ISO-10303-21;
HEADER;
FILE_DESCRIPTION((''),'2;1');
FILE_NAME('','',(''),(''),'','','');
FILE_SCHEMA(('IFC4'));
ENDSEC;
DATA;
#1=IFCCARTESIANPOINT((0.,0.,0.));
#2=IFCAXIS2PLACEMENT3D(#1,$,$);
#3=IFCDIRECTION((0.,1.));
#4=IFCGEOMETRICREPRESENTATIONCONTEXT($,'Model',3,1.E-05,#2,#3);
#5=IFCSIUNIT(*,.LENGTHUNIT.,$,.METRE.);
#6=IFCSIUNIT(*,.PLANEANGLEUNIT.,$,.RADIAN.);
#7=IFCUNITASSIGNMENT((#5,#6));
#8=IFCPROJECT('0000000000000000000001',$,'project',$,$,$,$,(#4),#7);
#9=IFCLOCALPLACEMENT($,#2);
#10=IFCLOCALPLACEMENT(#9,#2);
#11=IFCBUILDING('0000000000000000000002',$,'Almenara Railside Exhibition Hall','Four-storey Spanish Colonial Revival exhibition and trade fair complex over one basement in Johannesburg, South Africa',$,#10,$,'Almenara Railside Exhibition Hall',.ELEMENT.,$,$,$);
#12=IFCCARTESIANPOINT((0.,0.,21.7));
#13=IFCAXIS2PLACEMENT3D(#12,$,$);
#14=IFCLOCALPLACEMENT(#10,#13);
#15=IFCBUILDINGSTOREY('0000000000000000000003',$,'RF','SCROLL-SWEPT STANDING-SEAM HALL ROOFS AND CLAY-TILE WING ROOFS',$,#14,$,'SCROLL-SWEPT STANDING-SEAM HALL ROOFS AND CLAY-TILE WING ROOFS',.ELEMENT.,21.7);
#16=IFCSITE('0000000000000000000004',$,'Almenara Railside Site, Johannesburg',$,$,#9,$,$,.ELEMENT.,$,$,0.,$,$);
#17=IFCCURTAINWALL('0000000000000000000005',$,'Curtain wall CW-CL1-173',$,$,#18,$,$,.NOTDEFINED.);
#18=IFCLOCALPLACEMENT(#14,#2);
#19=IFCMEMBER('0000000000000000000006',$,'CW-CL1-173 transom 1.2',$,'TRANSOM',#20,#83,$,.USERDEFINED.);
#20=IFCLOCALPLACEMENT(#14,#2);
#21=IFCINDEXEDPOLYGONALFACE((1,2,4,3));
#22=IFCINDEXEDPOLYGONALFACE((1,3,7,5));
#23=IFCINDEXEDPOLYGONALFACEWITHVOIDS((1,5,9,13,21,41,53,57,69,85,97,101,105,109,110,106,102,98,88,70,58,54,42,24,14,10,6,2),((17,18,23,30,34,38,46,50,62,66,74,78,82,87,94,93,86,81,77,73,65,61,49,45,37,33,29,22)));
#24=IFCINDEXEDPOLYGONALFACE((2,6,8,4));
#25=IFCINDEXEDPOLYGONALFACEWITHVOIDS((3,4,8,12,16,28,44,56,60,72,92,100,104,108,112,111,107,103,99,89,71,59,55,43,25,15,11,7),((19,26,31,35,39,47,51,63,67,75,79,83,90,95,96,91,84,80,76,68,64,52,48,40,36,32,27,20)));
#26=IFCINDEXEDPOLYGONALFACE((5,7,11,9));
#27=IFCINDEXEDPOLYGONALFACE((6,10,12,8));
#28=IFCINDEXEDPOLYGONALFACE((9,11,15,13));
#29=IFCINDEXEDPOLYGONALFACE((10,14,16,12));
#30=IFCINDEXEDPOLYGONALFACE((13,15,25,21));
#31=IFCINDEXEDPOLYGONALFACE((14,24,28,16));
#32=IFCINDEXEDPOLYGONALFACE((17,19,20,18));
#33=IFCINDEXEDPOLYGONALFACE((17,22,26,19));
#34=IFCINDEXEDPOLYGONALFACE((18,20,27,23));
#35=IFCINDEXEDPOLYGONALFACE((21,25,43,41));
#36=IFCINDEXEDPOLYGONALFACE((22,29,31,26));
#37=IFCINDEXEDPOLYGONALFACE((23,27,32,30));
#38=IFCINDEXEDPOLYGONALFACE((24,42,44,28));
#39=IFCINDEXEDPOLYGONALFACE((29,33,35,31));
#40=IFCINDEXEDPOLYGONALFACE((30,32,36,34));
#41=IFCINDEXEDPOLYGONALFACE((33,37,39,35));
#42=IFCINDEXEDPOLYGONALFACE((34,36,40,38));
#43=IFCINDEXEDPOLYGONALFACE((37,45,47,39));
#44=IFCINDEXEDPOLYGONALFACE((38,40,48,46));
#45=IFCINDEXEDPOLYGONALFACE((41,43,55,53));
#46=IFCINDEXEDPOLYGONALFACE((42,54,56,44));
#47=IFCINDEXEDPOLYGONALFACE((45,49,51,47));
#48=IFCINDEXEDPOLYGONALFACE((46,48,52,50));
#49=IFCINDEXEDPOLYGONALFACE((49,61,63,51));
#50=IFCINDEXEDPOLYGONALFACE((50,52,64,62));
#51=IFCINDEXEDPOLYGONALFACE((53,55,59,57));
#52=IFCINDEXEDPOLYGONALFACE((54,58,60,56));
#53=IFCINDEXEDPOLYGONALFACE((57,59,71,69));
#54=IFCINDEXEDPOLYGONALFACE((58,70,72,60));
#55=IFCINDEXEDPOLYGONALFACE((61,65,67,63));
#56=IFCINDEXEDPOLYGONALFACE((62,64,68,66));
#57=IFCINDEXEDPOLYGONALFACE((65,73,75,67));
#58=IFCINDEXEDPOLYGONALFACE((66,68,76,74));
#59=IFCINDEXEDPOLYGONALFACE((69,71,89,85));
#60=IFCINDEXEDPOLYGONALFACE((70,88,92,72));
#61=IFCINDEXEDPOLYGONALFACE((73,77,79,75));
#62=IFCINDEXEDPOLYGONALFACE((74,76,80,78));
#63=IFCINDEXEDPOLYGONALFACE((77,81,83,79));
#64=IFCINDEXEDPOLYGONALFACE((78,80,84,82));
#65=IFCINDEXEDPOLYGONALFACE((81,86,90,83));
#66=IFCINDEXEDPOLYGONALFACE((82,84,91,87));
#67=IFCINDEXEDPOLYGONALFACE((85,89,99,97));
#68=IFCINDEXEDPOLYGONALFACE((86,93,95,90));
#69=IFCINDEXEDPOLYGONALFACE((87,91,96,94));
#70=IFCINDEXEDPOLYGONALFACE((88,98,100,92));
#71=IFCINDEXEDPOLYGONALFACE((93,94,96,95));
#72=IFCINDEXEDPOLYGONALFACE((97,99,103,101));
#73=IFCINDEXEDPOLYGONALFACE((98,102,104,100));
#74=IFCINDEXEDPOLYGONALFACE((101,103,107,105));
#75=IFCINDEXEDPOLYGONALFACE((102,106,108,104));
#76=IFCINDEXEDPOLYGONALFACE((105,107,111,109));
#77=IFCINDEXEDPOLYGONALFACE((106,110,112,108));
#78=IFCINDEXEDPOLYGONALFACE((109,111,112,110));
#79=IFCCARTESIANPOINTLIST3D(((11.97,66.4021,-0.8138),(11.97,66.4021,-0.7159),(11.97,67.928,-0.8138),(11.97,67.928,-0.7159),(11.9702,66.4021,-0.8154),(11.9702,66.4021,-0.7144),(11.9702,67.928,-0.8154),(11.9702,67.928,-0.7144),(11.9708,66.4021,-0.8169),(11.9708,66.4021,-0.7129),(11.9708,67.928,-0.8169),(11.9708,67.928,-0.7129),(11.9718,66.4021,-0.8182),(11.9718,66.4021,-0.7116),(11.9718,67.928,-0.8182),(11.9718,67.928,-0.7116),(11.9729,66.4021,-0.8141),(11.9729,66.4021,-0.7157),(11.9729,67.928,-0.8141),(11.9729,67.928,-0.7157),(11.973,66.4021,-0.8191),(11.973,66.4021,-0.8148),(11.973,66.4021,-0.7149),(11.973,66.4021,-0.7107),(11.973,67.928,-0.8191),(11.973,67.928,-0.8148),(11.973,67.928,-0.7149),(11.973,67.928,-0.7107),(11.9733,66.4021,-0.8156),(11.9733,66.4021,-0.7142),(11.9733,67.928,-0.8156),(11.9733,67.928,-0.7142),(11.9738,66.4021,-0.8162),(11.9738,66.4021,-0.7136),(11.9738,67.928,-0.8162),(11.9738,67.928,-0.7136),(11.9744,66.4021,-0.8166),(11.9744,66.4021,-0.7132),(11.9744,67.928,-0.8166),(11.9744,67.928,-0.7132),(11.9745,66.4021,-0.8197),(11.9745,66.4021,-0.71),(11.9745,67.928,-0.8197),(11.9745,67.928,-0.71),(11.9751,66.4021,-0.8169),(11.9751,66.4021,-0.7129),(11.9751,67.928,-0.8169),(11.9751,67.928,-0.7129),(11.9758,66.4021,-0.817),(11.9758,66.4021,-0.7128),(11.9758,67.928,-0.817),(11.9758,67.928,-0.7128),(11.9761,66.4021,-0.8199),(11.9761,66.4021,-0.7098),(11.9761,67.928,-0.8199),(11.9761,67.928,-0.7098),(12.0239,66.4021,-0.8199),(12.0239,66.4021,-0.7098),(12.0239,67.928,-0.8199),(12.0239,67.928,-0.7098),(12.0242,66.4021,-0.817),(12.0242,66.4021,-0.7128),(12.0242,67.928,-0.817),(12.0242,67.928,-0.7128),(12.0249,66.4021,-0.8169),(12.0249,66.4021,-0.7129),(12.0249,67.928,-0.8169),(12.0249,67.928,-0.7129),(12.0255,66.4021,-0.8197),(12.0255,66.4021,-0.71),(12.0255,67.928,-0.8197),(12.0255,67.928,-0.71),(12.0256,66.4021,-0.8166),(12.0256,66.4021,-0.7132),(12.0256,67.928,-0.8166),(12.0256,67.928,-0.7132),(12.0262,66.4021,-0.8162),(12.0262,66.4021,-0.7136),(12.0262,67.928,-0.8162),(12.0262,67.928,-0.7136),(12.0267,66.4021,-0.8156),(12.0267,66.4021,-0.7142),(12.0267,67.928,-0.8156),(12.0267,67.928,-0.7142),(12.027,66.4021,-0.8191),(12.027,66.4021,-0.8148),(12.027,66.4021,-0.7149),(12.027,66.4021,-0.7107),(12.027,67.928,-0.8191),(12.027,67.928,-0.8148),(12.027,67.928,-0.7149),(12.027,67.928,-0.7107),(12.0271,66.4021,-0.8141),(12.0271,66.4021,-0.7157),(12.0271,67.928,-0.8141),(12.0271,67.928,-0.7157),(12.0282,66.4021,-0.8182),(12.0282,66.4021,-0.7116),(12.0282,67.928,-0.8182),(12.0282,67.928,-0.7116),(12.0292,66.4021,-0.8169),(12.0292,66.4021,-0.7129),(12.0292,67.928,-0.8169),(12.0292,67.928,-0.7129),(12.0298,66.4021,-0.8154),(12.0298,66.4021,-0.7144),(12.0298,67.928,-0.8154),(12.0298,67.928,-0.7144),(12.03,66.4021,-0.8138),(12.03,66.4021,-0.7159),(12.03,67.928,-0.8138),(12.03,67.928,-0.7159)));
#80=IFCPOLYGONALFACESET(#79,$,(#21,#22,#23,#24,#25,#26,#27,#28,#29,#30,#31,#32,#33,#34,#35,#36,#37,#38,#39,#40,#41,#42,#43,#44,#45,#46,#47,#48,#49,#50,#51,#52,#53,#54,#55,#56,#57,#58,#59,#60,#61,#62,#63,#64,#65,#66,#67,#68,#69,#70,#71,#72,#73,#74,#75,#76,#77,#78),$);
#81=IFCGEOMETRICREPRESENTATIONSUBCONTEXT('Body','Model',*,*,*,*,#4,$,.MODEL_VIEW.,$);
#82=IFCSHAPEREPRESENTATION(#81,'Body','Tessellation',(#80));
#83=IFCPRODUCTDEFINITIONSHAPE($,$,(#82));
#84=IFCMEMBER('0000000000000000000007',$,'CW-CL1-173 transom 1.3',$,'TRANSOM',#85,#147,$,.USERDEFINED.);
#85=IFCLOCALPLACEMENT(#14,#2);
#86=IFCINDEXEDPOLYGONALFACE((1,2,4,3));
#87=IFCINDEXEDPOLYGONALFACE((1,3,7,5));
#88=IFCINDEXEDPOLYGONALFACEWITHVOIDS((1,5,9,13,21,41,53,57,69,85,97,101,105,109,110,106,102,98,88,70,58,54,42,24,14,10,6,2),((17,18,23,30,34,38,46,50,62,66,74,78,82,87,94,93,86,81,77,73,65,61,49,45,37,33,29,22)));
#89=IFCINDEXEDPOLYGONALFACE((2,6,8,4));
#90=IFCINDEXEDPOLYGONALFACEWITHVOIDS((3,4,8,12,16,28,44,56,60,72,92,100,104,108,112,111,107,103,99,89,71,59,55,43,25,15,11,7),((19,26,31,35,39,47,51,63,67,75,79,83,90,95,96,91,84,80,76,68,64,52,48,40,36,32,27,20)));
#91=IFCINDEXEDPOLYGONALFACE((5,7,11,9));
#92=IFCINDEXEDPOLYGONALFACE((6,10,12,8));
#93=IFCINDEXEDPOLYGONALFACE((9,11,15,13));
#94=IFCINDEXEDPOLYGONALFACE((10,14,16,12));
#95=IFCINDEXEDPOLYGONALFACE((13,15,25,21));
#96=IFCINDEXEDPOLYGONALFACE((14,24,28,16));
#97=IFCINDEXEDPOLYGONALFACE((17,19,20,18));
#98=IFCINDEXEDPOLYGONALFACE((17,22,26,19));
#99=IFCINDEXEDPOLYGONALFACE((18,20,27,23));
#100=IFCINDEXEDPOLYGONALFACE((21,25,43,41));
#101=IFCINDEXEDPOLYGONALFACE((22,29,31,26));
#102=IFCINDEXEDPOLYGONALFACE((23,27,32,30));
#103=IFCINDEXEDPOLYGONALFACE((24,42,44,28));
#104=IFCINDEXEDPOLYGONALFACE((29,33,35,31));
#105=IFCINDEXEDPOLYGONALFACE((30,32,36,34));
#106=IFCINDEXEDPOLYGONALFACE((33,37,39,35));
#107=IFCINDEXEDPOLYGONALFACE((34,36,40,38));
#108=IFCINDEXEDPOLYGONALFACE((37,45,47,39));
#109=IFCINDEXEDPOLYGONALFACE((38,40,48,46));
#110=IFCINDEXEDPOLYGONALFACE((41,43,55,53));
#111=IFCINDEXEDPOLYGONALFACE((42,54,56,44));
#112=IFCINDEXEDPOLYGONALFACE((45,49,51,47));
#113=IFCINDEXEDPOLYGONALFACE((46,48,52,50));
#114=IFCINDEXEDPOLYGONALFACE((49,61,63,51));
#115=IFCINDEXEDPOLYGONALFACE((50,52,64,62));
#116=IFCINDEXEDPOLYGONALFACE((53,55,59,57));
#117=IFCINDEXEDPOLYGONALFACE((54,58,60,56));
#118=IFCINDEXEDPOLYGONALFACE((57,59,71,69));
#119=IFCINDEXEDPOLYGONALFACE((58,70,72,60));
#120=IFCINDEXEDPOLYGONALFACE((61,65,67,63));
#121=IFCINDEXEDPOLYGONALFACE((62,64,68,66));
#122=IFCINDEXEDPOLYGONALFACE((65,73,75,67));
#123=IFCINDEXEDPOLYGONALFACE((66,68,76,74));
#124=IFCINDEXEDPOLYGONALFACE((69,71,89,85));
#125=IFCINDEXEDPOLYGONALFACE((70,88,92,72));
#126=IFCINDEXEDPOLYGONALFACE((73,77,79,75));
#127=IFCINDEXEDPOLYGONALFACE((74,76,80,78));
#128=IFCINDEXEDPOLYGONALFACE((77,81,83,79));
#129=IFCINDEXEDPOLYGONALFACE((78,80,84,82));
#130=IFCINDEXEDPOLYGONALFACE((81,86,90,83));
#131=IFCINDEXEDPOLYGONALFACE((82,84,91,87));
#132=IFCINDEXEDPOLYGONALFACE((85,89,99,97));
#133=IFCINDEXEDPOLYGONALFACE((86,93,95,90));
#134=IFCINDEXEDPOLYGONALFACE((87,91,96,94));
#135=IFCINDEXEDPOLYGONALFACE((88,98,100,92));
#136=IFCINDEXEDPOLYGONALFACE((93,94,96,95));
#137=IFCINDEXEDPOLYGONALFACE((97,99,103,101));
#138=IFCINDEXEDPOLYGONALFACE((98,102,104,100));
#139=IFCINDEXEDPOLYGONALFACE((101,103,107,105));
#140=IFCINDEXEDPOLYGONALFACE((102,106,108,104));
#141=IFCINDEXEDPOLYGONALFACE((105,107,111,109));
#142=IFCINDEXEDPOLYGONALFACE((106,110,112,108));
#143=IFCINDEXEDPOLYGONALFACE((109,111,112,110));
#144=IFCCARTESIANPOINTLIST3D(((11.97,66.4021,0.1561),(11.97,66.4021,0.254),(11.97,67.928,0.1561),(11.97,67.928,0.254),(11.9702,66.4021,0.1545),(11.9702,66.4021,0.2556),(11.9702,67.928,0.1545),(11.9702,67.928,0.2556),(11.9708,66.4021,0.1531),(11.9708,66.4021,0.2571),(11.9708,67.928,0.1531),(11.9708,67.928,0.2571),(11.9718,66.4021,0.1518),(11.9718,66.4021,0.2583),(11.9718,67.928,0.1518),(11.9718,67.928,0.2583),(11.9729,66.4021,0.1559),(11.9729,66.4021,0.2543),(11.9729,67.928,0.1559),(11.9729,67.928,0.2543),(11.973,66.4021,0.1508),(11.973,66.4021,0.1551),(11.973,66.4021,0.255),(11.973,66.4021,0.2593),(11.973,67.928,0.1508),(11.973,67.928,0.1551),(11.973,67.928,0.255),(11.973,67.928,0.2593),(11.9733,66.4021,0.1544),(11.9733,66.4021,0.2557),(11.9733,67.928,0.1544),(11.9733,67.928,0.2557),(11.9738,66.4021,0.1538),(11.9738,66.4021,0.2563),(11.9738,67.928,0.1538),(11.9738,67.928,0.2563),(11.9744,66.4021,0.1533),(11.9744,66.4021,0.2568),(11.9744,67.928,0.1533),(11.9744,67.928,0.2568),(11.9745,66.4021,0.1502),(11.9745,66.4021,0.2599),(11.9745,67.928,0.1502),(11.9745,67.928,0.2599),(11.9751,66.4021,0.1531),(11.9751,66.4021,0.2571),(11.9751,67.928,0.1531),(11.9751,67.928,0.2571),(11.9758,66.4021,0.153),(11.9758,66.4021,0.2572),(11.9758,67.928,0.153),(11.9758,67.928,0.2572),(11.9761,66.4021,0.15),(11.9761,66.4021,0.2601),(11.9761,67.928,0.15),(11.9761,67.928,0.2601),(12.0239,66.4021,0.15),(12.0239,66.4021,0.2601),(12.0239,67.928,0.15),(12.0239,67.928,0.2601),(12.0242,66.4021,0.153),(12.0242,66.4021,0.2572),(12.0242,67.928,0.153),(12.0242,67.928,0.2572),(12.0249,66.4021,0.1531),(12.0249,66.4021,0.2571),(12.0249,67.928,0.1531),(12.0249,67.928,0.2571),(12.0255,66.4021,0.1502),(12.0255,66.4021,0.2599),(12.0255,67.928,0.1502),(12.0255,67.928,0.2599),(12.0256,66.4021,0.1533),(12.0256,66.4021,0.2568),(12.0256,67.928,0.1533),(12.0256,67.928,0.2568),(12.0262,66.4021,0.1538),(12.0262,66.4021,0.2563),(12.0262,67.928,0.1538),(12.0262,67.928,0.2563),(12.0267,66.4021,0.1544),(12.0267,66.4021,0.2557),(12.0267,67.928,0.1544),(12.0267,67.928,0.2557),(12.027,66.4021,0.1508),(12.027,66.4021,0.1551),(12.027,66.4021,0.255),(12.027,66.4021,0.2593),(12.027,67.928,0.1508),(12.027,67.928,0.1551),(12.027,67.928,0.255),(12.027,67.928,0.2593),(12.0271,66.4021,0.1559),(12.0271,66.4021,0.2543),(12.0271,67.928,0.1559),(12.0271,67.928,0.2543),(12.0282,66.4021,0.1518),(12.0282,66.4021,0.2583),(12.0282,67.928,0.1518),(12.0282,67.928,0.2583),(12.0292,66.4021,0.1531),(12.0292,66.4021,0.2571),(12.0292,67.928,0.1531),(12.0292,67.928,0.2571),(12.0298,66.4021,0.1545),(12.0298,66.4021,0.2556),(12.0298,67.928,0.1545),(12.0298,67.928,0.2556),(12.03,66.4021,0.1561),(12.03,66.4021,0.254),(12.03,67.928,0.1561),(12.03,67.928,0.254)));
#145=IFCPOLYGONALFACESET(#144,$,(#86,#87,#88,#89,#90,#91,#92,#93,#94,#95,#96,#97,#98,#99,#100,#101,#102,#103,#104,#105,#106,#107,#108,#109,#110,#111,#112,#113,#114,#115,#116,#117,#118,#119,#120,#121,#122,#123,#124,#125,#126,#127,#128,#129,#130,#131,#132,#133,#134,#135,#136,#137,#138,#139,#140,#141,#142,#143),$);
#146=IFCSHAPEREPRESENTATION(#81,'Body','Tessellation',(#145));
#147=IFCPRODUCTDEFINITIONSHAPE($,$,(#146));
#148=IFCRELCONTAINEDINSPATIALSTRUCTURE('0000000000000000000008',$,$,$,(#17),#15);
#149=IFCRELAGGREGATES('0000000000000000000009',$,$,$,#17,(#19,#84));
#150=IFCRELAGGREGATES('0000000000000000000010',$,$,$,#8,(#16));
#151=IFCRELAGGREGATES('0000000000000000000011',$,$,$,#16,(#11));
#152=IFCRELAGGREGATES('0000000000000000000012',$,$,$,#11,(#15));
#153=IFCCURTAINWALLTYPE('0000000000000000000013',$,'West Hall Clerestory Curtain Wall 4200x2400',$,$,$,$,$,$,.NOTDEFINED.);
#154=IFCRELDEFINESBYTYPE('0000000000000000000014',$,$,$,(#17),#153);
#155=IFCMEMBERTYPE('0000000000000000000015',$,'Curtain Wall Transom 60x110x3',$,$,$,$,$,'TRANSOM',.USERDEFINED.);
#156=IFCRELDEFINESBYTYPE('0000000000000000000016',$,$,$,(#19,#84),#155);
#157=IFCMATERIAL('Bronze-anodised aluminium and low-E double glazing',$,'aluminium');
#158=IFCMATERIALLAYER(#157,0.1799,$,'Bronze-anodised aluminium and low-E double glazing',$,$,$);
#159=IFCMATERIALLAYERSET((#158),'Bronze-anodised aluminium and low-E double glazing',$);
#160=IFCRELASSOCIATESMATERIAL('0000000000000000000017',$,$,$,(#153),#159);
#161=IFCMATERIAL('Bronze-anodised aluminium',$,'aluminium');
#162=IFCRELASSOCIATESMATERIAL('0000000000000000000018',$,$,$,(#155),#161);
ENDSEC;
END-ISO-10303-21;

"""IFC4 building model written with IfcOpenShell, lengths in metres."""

from ifc_helpers import new_model, si_unit, direction, frame, origin, origin_2d, place, context, subcontext, project, spatial, hollow_rectangle, extrude, material, layer, layer_set, material_profile, profile_set, type_object, element, aggregate, save


model = new_model("IFC4")

# Units and contexts
model_context = context("Model", 3, precision=1e-05, world=origin(), true_north=direction((0.0, 1.0)))
body_context = subcontext(model_context, "Body", "Model", "MODEL_VIEW")
ifc_project = project(units=[si_unit("LENGTHUNIT", "METRE"), si_unit("PLANEANGLEUNIT", "RADIAN")], contexts=[model_context])

# Site, building, storey
site_placement = place(None, origin())
site = spatial("IfcSite", under=ifc_project, at=site_placement, Name="Almenara Railside Site, Johannesburg", CompositionType="ELEMENT", RefElevation=0.0)
building_placement = place(site_placement, origin())
building = spatial("IfcBuilding", under=site, at=building_placement, Name="Almenara Railside Exhibition Hall", Description="Four-storey Spanish Colonial Revival exhibition and trade fair complex over one basement in Johannesburg, South Africa", LongName="Almenara Railside Exhibition Hall", CompositionType="ELEMENT")
storey_placement = place(building_placement, frame((0.0, 0.0, 21.7)))
storey = spatial("IfcBuildingStorey", under=building, at=storey_placement, Name="RF", Description="SCROLL-SWEPT STANDING-SEAM HALL ROOFS AND CLAY-TILE WING ROOFS", LongName="SCROLL-SWEPT STANDING-SEAM HALL ROOFS AND CLAY-TILE WING ROOFS", CompositionType="ELEMENT", Elevation=21.7)

# Curtain wall
ifc_material_1 = material(Name="Bronze-anodised aluminium and low-E double glazing", Category="aluminium")
ifc_layer_1 = layer(ifc_material_1, 0.1799, Name="Bronze-anodised aluminium and low-E double glazing")
ifc_layer_set_1 = layer_set([ifc_layer_1], Name="Bronze-anodised aluminium and low-E double glazing")
curtain_wall_type = type_object("IfcCurtainWallType", Name="West Hall Clerestory Curtain Wall 4200x2400", PredefinedType="NOTDEFINED", material=ifc_layer_set_1)
curtain_wall_1_placement = place(storey_placement, origin())
curtain_wall_1 = element("IfcCurtainWall", 1, at=curtain_wall_1_placement, inside=storey, type_object=curtain_wall_type, Name="Curtain wall CW-CL1-173", PredefinedType="NOTDEFINED")
ifc_material_2 = material(Name="Bronze-anodised aluminium", Category="aluminium")

# Members
ifc_material_profile_1 = material_profile(ifc_material_2, hollow_rectangle(XDim=0.0601, YDim=0.1101, WallThickness=0.0029, InnerFilletRadius=0.0029, OuterFilletRadius=0.0061, at=origin_2d()), Name="ALU-TRN 60x110x3")
ifc_profile_set_1 = profile_set([ifc_material_profile_1], Name="Bronze-anodised aluminium")
member_type_1 = type_object("IfcMemberType", Name="Curtain Wall Transom 60x110x3", ElementType="TRANSOM", PredefinedType="USERDEFINED", material=ifc_profile_set_1)
member_1_placement = place(storey_placement, frame((12.0, 66.4021, -0.7649), z_axis=(0.0, 1.0, 0.0), x_axis=(-1.0, 0.0, 0.0)))
member_1 = element("IfcMember", 2, at=member_1_placement, type_object=member_type_1, Name="CW-CL1-173 transom 1.2", ObjectType="TRANSOM", PredefinedType="USERDEFINED", context=body_context, shape_type="SweptSolid", body=[
    extrude(hollow_rectangle(XDim=0.0601, YDim=0.1101, WallThickness=0.0029, InnerFilletRadius=0.0029, OuterFilletRadius=0.0061, at=origin_2d()), origin(), (0.0, 0.0, 1.0), 1.5259),
])
member_2_placement = place(storey_placement, frame((12.0, 66.4021, 0.2051), z_axis=(0.0, 1.0, 0.0), x_axis=(-1.0, 0.0, 0.0)))
member_2 = element("IfcMember", 3, at=member_2_placement, type_object=member_type_1, Name="CW-CL1-173 transom 1.3", ObjectType="TRANSOM", PredefinedType="USERDEFINED", context=body_context, shape_type="SweptSolid", body=[
    extrude(hollow_rectangle(XDim=0.0601, YDim=0.1101, WallThickness=0.0029, InnerFilletRadius=0.0029, OuterFilletRadius=0.0061, at=origin_2d()), origin(), (0.0, 0.0, 1.0), 1.5259),
])

aggregate(curtain_wall_1, [member_1, member_2])

save(model, "model.ifc")
